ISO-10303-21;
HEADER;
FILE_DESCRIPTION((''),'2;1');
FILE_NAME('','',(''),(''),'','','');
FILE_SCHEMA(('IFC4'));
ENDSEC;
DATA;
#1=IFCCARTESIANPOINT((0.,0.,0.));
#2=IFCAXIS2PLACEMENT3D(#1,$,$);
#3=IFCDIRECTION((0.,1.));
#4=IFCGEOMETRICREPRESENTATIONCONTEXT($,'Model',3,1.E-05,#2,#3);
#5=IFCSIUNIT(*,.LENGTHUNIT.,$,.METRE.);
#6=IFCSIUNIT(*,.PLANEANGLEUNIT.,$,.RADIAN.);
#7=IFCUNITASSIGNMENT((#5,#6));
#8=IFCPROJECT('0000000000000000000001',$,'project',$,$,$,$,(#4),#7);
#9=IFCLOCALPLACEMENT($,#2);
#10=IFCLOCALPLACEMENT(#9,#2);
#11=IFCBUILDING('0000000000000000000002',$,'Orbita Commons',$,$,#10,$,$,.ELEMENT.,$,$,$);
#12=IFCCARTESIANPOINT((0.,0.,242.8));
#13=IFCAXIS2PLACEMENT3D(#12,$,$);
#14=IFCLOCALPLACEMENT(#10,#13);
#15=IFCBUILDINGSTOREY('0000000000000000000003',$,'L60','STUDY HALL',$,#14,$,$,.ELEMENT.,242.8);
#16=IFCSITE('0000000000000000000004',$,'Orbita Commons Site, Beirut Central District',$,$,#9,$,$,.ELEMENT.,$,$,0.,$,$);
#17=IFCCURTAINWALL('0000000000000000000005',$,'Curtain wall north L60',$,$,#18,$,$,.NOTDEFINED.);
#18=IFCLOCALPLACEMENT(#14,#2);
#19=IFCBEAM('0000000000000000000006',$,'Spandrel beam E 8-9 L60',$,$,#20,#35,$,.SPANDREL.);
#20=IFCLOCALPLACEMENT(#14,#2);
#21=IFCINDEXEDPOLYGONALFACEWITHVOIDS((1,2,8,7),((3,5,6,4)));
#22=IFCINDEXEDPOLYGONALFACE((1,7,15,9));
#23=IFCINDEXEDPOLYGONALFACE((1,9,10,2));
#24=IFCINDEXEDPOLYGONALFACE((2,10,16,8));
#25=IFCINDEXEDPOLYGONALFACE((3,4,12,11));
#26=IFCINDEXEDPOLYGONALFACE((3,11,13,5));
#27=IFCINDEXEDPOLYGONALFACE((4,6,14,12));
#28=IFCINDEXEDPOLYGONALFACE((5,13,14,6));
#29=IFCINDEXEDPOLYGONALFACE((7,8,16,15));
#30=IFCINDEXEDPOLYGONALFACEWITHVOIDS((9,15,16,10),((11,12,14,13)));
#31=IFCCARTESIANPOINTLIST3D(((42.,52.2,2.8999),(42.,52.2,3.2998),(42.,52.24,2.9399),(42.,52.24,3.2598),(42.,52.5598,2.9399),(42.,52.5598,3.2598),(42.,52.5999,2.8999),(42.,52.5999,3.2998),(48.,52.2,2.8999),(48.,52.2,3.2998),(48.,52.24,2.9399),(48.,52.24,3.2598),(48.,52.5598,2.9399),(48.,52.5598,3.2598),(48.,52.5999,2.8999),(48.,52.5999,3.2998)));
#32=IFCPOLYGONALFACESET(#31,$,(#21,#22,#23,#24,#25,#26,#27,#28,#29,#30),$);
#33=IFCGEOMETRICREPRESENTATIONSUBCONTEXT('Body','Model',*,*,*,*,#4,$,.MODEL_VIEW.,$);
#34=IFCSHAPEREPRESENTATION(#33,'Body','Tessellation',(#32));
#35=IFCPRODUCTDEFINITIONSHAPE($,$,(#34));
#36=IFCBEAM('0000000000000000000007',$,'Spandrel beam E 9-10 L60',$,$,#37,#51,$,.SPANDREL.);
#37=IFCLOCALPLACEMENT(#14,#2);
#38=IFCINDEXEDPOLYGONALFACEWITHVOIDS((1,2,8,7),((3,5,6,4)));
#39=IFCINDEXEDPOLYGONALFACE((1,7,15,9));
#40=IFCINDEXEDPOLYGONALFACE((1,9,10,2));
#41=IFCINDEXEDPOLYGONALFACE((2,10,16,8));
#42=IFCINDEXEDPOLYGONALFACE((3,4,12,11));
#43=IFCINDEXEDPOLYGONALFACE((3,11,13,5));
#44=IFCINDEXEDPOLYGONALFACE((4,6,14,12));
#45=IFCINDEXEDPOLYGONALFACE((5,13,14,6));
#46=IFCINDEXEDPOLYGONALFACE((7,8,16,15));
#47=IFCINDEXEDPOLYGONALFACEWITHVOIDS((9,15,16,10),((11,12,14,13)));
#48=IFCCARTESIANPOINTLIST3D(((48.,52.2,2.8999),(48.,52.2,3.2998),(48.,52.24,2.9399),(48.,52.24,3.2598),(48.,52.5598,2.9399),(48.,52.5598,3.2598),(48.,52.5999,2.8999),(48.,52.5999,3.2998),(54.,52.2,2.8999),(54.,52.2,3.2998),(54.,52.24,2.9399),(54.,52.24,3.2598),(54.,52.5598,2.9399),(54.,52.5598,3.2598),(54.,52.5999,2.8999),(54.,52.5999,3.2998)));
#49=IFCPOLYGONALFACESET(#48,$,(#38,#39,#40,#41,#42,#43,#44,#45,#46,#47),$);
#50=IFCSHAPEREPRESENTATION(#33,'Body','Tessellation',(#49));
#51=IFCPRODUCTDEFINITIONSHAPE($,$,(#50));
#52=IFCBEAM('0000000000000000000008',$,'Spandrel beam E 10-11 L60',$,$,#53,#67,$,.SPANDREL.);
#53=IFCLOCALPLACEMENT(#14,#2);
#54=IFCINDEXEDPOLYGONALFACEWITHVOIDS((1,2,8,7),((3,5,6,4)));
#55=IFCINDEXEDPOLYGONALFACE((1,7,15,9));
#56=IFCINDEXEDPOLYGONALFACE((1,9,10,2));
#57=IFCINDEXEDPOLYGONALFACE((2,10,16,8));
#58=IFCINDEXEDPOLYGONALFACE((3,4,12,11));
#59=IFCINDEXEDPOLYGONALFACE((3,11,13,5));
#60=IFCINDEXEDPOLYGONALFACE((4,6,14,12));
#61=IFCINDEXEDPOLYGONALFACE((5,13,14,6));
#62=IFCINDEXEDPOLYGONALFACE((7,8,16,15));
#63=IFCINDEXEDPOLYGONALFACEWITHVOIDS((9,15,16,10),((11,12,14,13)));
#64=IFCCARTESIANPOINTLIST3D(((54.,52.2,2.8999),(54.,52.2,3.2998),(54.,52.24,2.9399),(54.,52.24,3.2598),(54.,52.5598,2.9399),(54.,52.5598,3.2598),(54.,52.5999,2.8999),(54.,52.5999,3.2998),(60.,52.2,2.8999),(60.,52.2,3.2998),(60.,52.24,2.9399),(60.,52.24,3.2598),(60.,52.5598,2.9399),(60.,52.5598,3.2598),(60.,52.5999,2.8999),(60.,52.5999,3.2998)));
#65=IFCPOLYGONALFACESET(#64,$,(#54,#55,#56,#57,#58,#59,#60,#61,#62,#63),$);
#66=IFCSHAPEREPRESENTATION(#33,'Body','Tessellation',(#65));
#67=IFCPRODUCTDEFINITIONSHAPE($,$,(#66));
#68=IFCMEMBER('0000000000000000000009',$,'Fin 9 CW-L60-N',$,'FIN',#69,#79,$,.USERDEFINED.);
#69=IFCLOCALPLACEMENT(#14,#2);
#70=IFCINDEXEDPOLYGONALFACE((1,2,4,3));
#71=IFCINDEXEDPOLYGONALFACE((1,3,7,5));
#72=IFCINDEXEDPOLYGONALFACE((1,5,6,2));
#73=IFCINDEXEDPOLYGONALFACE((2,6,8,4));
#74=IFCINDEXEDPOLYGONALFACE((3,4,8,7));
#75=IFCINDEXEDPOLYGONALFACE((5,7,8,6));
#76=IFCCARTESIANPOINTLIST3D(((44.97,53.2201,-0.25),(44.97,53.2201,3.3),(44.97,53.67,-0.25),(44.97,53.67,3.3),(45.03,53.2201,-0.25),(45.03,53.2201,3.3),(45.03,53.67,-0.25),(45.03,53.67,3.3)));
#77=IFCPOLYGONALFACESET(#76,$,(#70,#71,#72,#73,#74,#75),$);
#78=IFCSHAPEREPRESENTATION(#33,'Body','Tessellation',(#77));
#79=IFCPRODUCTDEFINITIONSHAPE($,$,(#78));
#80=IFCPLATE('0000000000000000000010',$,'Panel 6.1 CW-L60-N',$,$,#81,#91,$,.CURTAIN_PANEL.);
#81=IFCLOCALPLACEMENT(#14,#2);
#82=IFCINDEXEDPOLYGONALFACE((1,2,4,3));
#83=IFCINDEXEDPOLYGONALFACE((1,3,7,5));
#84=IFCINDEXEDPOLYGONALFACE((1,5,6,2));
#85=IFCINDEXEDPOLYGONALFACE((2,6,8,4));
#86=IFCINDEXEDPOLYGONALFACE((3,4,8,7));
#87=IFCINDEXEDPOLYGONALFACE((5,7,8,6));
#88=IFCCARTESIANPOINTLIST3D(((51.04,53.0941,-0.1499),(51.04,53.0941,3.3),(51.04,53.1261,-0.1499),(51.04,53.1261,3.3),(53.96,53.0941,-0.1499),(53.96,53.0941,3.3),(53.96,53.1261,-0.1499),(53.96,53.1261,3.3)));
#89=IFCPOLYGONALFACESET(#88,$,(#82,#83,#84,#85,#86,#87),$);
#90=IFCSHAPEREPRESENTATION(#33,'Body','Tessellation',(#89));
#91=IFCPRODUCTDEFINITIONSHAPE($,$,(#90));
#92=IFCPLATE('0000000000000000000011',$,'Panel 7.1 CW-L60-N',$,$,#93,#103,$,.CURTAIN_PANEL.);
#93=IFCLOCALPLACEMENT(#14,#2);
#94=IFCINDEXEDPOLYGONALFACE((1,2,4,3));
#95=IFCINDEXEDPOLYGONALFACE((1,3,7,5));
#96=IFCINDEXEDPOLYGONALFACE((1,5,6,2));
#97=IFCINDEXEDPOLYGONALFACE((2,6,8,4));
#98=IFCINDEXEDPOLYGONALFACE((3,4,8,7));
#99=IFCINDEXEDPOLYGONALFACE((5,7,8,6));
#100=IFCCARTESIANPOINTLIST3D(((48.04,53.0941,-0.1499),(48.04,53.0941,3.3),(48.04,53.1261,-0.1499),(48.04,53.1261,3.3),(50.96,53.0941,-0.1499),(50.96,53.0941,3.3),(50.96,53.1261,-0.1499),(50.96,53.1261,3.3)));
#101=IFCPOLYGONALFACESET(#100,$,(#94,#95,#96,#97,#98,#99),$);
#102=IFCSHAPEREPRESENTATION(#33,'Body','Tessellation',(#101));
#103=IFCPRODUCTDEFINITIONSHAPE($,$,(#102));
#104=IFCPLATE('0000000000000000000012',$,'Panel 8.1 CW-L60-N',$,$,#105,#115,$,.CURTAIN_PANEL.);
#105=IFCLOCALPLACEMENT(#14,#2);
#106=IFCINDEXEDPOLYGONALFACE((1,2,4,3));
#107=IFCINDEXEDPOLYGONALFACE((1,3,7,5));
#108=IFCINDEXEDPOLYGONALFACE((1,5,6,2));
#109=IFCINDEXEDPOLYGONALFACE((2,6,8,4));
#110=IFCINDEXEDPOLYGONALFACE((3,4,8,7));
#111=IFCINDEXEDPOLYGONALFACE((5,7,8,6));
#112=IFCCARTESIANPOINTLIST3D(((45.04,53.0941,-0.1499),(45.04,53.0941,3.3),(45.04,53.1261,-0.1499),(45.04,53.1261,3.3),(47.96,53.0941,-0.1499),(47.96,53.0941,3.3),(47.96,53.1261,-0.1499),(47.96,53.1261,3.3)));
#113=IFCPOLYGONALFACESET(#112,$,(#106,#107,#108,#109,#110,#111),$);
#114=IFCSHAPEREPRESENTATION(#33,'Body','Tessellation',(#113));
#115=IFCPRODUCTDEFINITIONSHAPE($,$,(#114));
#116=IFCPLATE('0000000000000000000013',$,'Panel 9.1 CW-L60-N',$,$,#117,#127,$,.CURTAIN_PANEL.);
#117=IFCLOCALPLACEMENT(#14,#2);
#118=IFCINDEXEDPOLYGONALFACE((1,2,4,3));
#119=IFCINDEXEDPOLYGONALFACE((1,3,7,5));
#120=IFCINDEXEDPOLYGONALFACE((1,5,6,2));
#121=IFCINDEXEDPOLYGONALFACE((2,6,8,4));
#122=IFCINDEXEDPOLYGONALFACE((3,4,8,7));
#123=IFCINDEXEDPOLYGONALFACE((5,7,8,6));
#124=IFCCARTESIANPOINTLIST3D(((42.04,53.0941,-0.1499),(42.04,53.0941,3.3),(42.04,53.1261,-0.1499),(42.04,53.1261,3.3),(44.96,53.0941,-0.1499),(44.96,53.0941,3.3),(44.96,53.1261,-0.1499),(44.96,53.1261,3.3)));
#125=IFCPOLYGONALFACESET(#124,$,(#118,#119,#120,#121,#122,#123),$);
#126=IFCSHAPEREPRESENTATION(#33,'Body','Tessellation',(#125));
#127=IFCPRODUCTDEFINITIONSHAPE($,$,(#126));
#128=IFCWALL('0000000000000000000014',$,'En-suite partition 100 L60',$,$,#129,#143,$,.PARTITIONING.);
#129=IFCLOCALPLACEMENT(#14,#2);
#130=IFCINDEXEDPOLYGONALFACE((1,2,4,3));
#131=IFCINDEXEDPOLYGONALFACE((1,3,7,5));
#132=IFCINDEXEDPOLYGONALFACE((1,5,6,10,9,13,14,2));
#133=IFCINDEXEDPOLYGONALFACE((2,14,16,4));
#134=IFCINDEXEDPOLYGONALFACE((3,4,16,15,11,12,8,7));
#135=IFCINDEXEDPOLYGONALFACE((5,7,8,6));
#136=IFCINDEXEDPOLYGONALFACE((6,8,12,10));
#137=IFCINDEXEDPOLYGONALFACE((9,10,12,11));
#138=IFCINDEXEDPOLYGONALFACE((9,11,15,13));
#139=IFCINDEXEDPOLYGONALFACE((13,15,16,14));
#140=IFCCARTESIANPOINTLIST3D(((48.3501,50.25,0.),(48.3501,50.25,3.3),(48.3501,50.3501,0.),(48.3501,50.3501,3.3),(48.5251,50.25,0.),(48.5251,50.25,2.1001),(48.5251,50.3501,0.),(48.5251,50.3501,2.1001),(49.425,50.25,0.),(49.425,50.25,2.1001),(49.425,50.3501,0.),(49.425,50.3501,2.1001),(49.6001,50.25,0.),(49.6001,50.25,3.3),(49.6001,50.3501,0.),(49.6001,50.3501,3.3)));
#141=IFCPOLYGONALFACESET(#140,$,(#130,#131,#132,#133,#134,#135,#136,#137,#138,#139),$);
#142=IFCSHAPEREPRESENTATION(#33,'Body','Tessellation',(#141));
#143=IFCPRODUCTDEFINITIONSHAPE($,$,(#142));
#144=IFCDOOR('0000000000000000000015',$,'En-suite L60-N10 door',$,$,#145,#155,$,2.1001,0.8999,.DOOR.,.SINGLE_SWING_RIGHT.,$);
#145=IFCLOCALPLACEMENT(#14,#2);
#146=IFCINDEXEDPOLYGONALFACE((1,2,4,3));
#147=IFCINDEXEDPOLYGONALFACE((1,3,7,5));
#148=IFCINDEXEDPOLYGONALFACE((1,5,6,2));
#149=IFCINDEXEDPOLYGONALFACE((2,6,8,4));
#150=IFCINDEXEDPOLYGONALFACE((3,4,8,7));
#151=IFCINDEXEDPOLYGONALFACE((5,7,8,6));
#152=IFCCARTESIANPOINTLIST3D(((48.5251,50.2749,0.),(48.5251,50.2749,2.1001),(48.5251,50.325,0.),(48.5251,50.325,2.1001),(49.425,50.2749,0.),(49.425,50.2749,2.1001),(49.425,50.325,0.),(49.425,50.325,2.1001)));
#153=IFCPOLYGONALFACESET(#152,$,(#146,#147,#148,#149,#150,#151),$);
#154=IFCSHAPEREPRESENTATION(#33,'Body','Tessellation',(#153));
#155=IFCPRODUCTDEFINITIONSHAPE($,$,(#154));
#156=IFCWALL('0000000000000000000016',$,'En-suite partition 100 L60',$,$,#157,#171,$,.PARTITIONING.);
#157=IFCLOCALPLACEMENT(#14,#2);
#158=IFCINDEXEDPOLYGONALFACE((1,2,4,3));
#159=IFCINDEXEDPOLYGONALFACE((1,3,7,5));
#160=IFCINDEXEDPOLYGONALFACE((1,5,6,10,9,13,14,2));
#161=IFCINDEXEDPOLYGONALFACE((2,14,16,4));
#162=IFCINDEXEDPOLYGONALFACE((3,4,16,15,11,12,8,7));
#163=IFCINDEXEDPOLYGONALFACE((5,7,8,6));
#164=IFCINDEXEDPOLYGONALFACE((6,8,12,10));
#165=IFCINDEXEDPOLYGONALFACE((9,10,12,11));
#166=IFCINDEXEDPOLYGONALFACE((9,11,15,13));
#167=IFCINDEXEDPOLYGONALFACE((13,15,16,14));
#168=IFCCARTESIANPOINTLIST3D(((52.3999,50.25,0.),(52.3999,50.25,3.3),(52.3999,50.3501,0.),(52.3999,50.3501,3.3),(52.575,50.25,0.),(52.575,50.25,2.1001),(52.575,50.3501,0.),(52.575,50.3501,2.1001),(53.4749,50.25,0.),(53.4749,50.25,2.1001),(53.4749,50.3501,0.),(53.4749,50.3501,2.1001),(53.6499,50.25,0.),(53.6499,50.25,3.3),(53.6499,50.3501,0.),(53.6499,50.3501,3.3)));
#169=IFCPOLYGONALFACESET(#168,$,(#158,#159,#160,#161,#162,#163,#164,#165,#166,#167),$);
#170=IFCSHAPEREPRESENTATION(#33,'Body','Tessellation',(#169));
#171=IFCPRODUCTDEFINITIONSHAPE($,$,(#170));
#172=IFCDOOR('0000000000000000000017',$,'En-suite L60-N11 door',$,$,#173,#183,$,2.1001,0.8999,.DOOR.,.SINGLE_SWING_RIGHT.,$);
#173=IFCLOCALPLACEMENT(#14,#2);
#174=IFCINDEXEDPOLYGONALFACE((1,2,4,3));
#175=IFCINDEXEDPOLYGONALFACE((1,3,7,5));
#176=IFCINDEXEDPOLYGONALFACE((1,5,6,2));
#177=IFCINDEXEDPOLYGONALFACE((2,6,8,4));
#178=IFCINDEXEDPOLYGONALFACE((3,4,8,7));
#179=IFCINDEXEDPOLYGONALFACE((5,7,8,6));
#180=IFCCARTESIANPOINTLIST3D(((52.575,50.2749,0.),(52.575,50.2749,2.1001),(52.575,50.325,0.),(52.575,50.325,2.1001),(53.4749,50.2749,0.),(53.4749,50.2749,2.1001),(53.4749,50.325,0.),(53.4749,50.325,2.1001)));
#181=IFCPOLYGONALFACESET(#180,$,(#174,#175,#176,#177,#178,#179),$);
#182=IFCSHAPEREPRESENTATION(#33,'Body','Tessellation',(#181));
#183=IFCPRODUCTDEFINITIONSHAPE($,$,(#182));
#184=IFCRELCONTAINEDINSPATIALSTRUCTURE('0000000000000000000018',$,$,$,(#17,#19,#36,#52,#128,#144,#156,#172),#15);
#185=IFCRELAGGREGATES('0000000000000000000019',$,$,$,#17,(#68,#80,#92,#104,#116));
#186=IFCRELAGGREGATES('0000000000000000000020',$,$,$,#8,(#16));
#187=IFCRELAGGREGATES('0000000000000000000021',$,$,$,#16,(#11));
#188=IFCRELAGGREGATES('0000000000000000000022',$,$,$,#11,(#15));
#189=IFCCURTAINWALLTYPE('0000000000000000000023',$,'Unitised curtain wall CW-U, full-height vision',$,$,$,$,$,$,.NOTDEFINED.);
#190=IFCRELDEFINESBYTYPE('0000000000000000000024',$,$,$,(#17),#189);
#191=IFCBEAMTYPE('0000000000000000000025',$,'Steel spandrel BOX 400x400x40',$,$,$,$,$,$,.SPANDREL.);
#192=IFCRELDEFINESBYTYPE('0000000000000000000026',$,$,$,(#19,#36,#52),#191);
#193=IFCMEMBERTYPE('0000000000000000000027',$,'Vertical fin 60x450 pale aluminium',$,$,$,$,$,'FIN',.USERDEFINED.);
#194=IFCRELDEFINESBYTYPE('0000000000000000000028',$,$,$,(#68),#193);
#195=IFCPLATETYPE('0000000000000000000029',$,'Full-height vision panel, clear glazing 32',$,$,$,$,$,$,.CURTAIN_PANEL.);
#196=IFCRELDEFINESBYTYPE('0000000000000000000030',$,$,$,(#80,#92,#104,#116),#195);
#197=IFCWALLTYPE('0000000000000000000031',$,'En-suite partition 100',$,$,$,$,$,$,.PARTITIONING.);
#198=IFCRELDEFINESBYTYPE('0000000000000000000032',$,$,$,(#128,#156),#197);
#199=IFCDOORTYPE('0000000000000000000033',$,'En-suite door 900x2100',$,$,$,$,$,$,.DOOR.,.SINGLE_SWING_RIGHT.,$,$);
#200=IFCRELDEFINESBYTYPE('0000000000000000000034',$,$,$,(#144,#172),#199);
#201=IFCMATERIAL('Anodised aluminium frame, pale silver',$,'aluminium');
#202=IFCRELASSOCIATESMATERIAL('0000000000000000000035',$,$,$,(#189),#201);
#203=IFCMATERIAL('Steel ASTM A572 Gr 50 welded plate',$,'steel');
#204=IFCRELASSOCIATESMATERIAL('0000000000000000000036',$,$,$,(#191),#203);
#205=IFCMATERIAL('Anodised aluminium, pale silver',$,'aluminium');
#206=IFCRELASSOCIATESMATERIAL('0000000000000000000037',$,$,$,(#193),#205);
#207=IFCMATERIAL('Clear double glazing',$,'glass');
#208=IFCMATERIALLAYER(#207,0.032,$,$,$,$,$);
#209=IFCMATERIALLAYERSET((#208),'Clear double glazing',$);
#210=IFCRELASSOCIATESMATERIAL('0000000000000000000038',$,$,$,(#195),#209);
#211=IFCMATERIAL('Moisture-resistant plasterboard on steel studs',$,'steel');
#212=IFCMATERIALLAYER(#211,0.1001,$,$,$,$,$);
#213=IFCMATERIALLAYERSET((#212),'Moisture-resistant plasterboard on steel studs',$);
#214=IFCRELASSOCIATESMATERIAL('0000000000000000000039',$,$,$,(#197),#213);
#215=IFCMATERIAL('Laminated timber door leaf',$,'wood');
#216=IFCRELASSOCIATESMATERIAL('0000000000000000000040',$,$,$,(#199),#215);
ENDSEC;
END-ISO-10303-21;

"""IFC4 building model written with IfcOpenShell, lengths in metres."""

from ifc_helpers import new_model, si_unit, direction, frame, frame_2d, origin, origin_2d, place, context, subcontext, project, spatial, rectangle, hollow_rectangle, extrude, material, layer, layer_set, material_profile, profile_set, type_object, element, fill, aggregate, save


model = new_model("IFC4")

# Units and contexts
model_context = context("Model", 3, precision=1e-05, world=origin(), true_north=direction((0.0, 1.0)))
body_context = subcontext(model_context, "Body", "Model", "MODEL_VIEW")
ifc_project = project(units=[si_unit("LENGTHUNIT", "METRE"), si_unit("PLANEANGLEUNIT", "RADIAN")], contexts=[model_context])

# Site, building, storey
site_placement = place(None, origin())
site = spatial("IfcSite", under=ifc_project, at=site_placement, Name="Orbita Commons Site, Beirut Central District", CompositionType="ELEMENT", RefElevation=0.0)
building_placement = place(site_placement, origin())
building = spatial("IfcBuilding", under=site, at=building_placement, Name="Orbita Commons", CompositionType="ELEMENT")
storey_placement = place(building_placement, frame((0.0, 0.0, 242.8)))
storey = spatial("IfcBuildingStorey", under=building, at=storey_placement, Name="L60", Description="STUDY HALL", CompositionType="ELEMENT", Elevation=242.8)

# Curtain wall
ifc_material_1 = material(Name="Anodised aluminium frame, pale silver", Category="aluminium")
curtain_wall_type = type_object("IfcCurtainWallType", Name="Unitised curtain wall CW-U, full-height vision", PredefinedType="NOTDEFINED", material=ifc_material_1)
curtain_wall_placement = place(storey_placement, origin())
curtain_wall = element("IfcCurtainWall", 1, at=curtain_wall_placement, inside=storey, type_object=curtain_wall_type, Name="Curtain wall north L60", PredefinedType="NOTDEFINED")

# Beams
ifc_material_2 = material(Name="Steel ASTM A572 Gr 50 welded plate", Category="steel")
ifc_material_profile_1 = material_profile(ifc_material_2, hollow_rectangle(XDim=0.3999, YDim=0.3999, WallThickness=0.04, at=origin_2d()), Name="BOX 400x400x40")
ifc_profile_set_1 = profile_set([ifc_material_profile_1], Name="Steel ASTM A572 Gr 50 welded plate")
beam_type = type_object("IfcBeamType", Name="Steel spandrel BOX 400x400x40", PredefinedType="SPANDREL", material=ifc_profile_set_1)
for number, where, z_axis, x_axis, name in (
    (2, (42.0, 52.3999, 3.0999), (1.0, 0.0, 0.0), (0.0, 1.0, 0.0), "Spandrel beam E 8-9 L60"),
    (3, (48.0, 52.3999, 3.0999), (1.0, 0.0, 0.0), (0.0, 1.0, 0.0), "Spandrel beam E 9-10 L60"),
    (4, (54.0, 52.3999, 3.0999), (1.0, 0.0, 0.0), (0.0, 1.0, 0.0), "Spandrel beam E 10-11 L60"),
):
    element("IfcBeam", number, at=place(storey_placement, frame(where, z_axis=z_axis, x_axis=x_axis)), inside=storey, type_object=beam_type, Name=name, PredefinedType="SPANDREL", context=body_context, shape_type="SweptSolid", body=[
        extrude(hollow_rectangle(XDim=0.3999, YDim=0.3999, WallThickness=0.04, at=origin_2d()), origin(), (0.0, 0.0, 1.0), 6.0),
    ])

# Member
ifc_material_3 = material(Name="Anodised aluminium, pale silver", Category="aluminium")
ifc_material_profile_2 = material_profile(ifc_material_3, rectangle(XDim=0.0601, YDim=0.45, at=origin_2d()), Name="FIN 60x450")
ifc_profile_set_2 = profile_set([ifc_material_profile_2], Name="Anodised aluminium, pale silver")
member_type_1 = type_object("IfcMemberType", Name="Vertical fin 60x450 pale aluminium", ElementType="FIN", PredefinedType="USERDEFINED", material=ifc_profile_set_2)
member_1_placement = place(storey_placement, frame((45.0, 53.4451, -0.25), z_axis=(0.0, 0.0, 1.0), x_axis=(-1.0, 0.0, 0.0)))
member_1 = element("IfcMember", 5, at=member_1_placement, type_object=member_type_1, Name="Fin 9 CW-L60-N", ObjectType="FIN", PredefinedType="USERDEFINED", context=body_context, shape_type="SweptSolid", body=[
    extrude(rectangle(XDim=0.0601, YDim=0.45, at=origin_2d()), origin(), (0.0, 0.0, 1.0), 3.55),
])

# Plates
ifc_material_4 = material(Name="Clear double glazing", Category="glass")
ifc_layer_1 = layer(ifc_material_4, 0.032)
ifc_layer_set_1 = layer_set([ifc_layer_1], Name="Clear double glazing")
plate_type = type_object("IfcPlateType", Name="Full-height vision panel, clear glazing 32", PredefinedType="CURTAIN_PANEL", material=ifc_layer_set_1)
plate_1_placement = place(storey_placement, frame((52.5, 53.1101, -0.1499), z_axis=(0.0, 0.0, 1.0), x_axis=(-1.0, 0.0, 0.0)))
plate_1 = element("IfcPlate", 6, at=plate_1_placement, type_object=plate_type, Name="Panel 6.1 CW-L60-N", PredefinedType="CURTAIN_PANEL", context=body_context, shape_type="SweptSolid", body=[
    extrude(rectangle(XDim=2.9199, YDim=0.032, at=origin_2d()), origin(), (0.0, 0.0, 1.0), 3.45),
])
plate_2_placement = place(storey_placement, frame((49.5, 53.1101, -0.1499), z_axis=(0.0, 0.0, 1.0), x_axis=(-1.0, 0.0, 0.0)))
plate_2 = element("IfcPlate", 7, at=plate_2_placement, type_object=plate_type, Name="Panel 7.1 CW-L60-N", PredefinedType="CURTAIN_PANEL", context=body_context, shape_type="SweptSolid", body=[
    extrude(rectangle(XDim=2.9199, YDim=0.032, at=origin_2d()), origin(), (0.0, 0.0, 1.0), 3.45),
])
plate_3_placement = place(storey_placement, frame((46.5, 53.1101, -0.1499), z_axis=(0.0, 0.0, 1.0), x_axis=(-1.0, 0.0, 0.0)))
plate_3 = element("IfcPlate", 8, at=plate_3_placement, type_object=plate_type, Name="Panel 8.1 CW-L60-N", PredefinedType="CURTAIN_PANEL", context=body_context, shape_type="SweptSolid", body=[
    extrude(rectangle(XDim=2.9199, YDim=0.032, at=origin_2d()), origin(), (0.0, 0.0, 1.0), 3.45),
])
plate_4_placement = place(storey_placement, frame((43.5, 53.1101, -0.1499), z_axis=(0.0, 0.0, 1.0), x_axis=(-1.0, 0.0, 0.0)))
plate_4 = element("IfcPlate", 9, at=plate_4_placement, type_object=plate_type, Name="Panel 9.1 CW-L60-N", PredefinedType="CURTAIN_PANEL", context=body_context, shape_type="SweptSolid", body=[
    extrude(rectangle(XDim=2.9199, YDim=0.032, at=origin_2d()), origin(), (0.0, 0.0, 1.0), 3.45),
])
aggregate(curtain_wall, [member_1, plate_1, plate_2, plate_3, plate_4])

# Walls, openings, doors
ifc_material_5 = material(Name="Moisture-resistant plasterboard on steel studs", Category="steel")
ifc_layer_2 = layer(ifc_material_5, 0.1001)
ifc_layer_set_2 = layer_set([ifc_layer_2], Name="Moisture-resistant plasterboard on steel studs")
wall_type_1 = type_object("IfcWallType", Name="En-suite partition 100", PredefinedType="PARTITIONING", material=ifc_layer_set_2)
wall_1_placement = place(storey_placement, frame((48.3501, 50.3, 0.0), z_axis=(0.0, 0.0, 1.0), x_axis=(1.0, 0.0, 0.0)))
wall_1 = element("IfcWall", 10, at=wall_1_placement, inside=storey, type_object=wall_type_1, Name="En-suite partition 100 L60", PredefinedType="PARTITIONING", context=body_context, shape_type="SweptSolid", body=[
    extrude(rectangle(XDim=1.25, YDim=0.1001, at=frame_2d((0.625, 0.0))), origin(), (0.0, 0.0, 1.0), 3.3),
])
opening_1_placement = place(wall_1_placement, frame((0.175, 0.0, 0.0)))
opening_1 = element("IfcOpeningElement", 11, at=opening_1_placement, cuts=wall_1, PredefinedType="OPENING", context=body_context, shape_type="SweptSolid", body=[
    extrude(rectangle(XDim=0.8999, YDim=2.1001, at=frame_2d((0.45, 1.05))), frame((0.0, 0.0601, 0.0), z_axis=(0.0, -1.0, 0.0), x_axis=(1.0, 0.0, 0.0)), (0.0, 0.0, 1.0), 0.1201),
])
ifc_material_6 = material(Name="Laminated timber door leaf", Category="wood")
door_type = type_object("IfcDoorType", Name="En-suite door 900x2100", OperationType="SINGLE_SWING_RIGHT", PredefinedType="DOOR", material=ifc_material_6)
door_1_placement = place(opening_1_placement, origin())
door_1 = element("IfcDoor", 12, at=door_1_placement, inside=storey, type_object=door_type, Name="En-suite L60-N10 door", OperationType="SINGLE_SWING_RIGHT", OverallHeight=2.1001, OverallWidth=0.8999, PredefinedType="DOOR", context=body_context, shape_type="SweptSolid", body=[
    extrude(rectangle(XDim=0.8999, YDim=2.1001, at=frame_2d((0.45, 1.05))), frame((0.0, 0.0249, 0.0), z_axis=(0.0, -1.0, 0.0), x_axis=(1.0, 0.0, 0.0)), (0.0, 0.0, 1.0), 0.05),
])
fill(opening_1, door_1)
wall_2_placement = place(storey_placement, frame((52.3999, 50.3, 0.0), z_axis=(0.0, 0.0, 1.0), x_axis=(1.0, 0.0, 0.0)))
wall_2 = element("IfcWall", 13, at=wall_2_placement, inside=storey, type_object=wall_type_1, Name="En-suite partition 100 L60", PredefinedType="PARTITIONING", context=body_context, shape_type="SweptSolid", body=[
    extrude(rectangle(XDim=1.25, YDim=0.1001, at=frame_2d((0.625, 0.0))), origin(), (0.0, 0.0, 1.0), 3.3),
])
opening_2_placement = place(wall_2_placement, frame((0.175, 0.0, 0.0)))
opening_2 = element("IfcOpeningElement", 14, at=opening_2_placement, cuts=wall_2, PredefinedType="OPENING", context=body_context, shape_type="SweptSolid", body=[
    extrude(rectangle(XDim=0.8999, YDim=2.1001, at=frame_2d((0.45, 1.05))), frame((0.0, 0.0601, 0.0), z_axis=(0.0, -1.0, 0.0), x_axis=(1.0, 0.0, 0.0)), (0.0, 0.0, 1.0), 0.1201),
])
door_2_placement = place(opening_2_placement, origin())
door_2 = element("IfcDoor", 15, at=door_2_placement, inside=storey, type_object=door_type, Name="En-suite L60-N11 door", OperationType="SINGLE_SWING_RIGHT", OverallHeight=2.1001, OverallWidth=0.8999, PredefinedType="DOOR", context=body_context, shape_type="SweptSolid", body=[
    extrude(rectangle(XDim=0.8999, YDim=2.1001, at=frame_2d((0.45, 1.05))), frame((0.0, 0.0249, 0.0), z_axis=(0.0, -1.0, 0.0), x_axis=(1.0, 0.0, 0.0)), (0.0, 0.0, 1.0), 0.05),
])
fill(opening_2, door_2)

save(model, "model.ifc")
